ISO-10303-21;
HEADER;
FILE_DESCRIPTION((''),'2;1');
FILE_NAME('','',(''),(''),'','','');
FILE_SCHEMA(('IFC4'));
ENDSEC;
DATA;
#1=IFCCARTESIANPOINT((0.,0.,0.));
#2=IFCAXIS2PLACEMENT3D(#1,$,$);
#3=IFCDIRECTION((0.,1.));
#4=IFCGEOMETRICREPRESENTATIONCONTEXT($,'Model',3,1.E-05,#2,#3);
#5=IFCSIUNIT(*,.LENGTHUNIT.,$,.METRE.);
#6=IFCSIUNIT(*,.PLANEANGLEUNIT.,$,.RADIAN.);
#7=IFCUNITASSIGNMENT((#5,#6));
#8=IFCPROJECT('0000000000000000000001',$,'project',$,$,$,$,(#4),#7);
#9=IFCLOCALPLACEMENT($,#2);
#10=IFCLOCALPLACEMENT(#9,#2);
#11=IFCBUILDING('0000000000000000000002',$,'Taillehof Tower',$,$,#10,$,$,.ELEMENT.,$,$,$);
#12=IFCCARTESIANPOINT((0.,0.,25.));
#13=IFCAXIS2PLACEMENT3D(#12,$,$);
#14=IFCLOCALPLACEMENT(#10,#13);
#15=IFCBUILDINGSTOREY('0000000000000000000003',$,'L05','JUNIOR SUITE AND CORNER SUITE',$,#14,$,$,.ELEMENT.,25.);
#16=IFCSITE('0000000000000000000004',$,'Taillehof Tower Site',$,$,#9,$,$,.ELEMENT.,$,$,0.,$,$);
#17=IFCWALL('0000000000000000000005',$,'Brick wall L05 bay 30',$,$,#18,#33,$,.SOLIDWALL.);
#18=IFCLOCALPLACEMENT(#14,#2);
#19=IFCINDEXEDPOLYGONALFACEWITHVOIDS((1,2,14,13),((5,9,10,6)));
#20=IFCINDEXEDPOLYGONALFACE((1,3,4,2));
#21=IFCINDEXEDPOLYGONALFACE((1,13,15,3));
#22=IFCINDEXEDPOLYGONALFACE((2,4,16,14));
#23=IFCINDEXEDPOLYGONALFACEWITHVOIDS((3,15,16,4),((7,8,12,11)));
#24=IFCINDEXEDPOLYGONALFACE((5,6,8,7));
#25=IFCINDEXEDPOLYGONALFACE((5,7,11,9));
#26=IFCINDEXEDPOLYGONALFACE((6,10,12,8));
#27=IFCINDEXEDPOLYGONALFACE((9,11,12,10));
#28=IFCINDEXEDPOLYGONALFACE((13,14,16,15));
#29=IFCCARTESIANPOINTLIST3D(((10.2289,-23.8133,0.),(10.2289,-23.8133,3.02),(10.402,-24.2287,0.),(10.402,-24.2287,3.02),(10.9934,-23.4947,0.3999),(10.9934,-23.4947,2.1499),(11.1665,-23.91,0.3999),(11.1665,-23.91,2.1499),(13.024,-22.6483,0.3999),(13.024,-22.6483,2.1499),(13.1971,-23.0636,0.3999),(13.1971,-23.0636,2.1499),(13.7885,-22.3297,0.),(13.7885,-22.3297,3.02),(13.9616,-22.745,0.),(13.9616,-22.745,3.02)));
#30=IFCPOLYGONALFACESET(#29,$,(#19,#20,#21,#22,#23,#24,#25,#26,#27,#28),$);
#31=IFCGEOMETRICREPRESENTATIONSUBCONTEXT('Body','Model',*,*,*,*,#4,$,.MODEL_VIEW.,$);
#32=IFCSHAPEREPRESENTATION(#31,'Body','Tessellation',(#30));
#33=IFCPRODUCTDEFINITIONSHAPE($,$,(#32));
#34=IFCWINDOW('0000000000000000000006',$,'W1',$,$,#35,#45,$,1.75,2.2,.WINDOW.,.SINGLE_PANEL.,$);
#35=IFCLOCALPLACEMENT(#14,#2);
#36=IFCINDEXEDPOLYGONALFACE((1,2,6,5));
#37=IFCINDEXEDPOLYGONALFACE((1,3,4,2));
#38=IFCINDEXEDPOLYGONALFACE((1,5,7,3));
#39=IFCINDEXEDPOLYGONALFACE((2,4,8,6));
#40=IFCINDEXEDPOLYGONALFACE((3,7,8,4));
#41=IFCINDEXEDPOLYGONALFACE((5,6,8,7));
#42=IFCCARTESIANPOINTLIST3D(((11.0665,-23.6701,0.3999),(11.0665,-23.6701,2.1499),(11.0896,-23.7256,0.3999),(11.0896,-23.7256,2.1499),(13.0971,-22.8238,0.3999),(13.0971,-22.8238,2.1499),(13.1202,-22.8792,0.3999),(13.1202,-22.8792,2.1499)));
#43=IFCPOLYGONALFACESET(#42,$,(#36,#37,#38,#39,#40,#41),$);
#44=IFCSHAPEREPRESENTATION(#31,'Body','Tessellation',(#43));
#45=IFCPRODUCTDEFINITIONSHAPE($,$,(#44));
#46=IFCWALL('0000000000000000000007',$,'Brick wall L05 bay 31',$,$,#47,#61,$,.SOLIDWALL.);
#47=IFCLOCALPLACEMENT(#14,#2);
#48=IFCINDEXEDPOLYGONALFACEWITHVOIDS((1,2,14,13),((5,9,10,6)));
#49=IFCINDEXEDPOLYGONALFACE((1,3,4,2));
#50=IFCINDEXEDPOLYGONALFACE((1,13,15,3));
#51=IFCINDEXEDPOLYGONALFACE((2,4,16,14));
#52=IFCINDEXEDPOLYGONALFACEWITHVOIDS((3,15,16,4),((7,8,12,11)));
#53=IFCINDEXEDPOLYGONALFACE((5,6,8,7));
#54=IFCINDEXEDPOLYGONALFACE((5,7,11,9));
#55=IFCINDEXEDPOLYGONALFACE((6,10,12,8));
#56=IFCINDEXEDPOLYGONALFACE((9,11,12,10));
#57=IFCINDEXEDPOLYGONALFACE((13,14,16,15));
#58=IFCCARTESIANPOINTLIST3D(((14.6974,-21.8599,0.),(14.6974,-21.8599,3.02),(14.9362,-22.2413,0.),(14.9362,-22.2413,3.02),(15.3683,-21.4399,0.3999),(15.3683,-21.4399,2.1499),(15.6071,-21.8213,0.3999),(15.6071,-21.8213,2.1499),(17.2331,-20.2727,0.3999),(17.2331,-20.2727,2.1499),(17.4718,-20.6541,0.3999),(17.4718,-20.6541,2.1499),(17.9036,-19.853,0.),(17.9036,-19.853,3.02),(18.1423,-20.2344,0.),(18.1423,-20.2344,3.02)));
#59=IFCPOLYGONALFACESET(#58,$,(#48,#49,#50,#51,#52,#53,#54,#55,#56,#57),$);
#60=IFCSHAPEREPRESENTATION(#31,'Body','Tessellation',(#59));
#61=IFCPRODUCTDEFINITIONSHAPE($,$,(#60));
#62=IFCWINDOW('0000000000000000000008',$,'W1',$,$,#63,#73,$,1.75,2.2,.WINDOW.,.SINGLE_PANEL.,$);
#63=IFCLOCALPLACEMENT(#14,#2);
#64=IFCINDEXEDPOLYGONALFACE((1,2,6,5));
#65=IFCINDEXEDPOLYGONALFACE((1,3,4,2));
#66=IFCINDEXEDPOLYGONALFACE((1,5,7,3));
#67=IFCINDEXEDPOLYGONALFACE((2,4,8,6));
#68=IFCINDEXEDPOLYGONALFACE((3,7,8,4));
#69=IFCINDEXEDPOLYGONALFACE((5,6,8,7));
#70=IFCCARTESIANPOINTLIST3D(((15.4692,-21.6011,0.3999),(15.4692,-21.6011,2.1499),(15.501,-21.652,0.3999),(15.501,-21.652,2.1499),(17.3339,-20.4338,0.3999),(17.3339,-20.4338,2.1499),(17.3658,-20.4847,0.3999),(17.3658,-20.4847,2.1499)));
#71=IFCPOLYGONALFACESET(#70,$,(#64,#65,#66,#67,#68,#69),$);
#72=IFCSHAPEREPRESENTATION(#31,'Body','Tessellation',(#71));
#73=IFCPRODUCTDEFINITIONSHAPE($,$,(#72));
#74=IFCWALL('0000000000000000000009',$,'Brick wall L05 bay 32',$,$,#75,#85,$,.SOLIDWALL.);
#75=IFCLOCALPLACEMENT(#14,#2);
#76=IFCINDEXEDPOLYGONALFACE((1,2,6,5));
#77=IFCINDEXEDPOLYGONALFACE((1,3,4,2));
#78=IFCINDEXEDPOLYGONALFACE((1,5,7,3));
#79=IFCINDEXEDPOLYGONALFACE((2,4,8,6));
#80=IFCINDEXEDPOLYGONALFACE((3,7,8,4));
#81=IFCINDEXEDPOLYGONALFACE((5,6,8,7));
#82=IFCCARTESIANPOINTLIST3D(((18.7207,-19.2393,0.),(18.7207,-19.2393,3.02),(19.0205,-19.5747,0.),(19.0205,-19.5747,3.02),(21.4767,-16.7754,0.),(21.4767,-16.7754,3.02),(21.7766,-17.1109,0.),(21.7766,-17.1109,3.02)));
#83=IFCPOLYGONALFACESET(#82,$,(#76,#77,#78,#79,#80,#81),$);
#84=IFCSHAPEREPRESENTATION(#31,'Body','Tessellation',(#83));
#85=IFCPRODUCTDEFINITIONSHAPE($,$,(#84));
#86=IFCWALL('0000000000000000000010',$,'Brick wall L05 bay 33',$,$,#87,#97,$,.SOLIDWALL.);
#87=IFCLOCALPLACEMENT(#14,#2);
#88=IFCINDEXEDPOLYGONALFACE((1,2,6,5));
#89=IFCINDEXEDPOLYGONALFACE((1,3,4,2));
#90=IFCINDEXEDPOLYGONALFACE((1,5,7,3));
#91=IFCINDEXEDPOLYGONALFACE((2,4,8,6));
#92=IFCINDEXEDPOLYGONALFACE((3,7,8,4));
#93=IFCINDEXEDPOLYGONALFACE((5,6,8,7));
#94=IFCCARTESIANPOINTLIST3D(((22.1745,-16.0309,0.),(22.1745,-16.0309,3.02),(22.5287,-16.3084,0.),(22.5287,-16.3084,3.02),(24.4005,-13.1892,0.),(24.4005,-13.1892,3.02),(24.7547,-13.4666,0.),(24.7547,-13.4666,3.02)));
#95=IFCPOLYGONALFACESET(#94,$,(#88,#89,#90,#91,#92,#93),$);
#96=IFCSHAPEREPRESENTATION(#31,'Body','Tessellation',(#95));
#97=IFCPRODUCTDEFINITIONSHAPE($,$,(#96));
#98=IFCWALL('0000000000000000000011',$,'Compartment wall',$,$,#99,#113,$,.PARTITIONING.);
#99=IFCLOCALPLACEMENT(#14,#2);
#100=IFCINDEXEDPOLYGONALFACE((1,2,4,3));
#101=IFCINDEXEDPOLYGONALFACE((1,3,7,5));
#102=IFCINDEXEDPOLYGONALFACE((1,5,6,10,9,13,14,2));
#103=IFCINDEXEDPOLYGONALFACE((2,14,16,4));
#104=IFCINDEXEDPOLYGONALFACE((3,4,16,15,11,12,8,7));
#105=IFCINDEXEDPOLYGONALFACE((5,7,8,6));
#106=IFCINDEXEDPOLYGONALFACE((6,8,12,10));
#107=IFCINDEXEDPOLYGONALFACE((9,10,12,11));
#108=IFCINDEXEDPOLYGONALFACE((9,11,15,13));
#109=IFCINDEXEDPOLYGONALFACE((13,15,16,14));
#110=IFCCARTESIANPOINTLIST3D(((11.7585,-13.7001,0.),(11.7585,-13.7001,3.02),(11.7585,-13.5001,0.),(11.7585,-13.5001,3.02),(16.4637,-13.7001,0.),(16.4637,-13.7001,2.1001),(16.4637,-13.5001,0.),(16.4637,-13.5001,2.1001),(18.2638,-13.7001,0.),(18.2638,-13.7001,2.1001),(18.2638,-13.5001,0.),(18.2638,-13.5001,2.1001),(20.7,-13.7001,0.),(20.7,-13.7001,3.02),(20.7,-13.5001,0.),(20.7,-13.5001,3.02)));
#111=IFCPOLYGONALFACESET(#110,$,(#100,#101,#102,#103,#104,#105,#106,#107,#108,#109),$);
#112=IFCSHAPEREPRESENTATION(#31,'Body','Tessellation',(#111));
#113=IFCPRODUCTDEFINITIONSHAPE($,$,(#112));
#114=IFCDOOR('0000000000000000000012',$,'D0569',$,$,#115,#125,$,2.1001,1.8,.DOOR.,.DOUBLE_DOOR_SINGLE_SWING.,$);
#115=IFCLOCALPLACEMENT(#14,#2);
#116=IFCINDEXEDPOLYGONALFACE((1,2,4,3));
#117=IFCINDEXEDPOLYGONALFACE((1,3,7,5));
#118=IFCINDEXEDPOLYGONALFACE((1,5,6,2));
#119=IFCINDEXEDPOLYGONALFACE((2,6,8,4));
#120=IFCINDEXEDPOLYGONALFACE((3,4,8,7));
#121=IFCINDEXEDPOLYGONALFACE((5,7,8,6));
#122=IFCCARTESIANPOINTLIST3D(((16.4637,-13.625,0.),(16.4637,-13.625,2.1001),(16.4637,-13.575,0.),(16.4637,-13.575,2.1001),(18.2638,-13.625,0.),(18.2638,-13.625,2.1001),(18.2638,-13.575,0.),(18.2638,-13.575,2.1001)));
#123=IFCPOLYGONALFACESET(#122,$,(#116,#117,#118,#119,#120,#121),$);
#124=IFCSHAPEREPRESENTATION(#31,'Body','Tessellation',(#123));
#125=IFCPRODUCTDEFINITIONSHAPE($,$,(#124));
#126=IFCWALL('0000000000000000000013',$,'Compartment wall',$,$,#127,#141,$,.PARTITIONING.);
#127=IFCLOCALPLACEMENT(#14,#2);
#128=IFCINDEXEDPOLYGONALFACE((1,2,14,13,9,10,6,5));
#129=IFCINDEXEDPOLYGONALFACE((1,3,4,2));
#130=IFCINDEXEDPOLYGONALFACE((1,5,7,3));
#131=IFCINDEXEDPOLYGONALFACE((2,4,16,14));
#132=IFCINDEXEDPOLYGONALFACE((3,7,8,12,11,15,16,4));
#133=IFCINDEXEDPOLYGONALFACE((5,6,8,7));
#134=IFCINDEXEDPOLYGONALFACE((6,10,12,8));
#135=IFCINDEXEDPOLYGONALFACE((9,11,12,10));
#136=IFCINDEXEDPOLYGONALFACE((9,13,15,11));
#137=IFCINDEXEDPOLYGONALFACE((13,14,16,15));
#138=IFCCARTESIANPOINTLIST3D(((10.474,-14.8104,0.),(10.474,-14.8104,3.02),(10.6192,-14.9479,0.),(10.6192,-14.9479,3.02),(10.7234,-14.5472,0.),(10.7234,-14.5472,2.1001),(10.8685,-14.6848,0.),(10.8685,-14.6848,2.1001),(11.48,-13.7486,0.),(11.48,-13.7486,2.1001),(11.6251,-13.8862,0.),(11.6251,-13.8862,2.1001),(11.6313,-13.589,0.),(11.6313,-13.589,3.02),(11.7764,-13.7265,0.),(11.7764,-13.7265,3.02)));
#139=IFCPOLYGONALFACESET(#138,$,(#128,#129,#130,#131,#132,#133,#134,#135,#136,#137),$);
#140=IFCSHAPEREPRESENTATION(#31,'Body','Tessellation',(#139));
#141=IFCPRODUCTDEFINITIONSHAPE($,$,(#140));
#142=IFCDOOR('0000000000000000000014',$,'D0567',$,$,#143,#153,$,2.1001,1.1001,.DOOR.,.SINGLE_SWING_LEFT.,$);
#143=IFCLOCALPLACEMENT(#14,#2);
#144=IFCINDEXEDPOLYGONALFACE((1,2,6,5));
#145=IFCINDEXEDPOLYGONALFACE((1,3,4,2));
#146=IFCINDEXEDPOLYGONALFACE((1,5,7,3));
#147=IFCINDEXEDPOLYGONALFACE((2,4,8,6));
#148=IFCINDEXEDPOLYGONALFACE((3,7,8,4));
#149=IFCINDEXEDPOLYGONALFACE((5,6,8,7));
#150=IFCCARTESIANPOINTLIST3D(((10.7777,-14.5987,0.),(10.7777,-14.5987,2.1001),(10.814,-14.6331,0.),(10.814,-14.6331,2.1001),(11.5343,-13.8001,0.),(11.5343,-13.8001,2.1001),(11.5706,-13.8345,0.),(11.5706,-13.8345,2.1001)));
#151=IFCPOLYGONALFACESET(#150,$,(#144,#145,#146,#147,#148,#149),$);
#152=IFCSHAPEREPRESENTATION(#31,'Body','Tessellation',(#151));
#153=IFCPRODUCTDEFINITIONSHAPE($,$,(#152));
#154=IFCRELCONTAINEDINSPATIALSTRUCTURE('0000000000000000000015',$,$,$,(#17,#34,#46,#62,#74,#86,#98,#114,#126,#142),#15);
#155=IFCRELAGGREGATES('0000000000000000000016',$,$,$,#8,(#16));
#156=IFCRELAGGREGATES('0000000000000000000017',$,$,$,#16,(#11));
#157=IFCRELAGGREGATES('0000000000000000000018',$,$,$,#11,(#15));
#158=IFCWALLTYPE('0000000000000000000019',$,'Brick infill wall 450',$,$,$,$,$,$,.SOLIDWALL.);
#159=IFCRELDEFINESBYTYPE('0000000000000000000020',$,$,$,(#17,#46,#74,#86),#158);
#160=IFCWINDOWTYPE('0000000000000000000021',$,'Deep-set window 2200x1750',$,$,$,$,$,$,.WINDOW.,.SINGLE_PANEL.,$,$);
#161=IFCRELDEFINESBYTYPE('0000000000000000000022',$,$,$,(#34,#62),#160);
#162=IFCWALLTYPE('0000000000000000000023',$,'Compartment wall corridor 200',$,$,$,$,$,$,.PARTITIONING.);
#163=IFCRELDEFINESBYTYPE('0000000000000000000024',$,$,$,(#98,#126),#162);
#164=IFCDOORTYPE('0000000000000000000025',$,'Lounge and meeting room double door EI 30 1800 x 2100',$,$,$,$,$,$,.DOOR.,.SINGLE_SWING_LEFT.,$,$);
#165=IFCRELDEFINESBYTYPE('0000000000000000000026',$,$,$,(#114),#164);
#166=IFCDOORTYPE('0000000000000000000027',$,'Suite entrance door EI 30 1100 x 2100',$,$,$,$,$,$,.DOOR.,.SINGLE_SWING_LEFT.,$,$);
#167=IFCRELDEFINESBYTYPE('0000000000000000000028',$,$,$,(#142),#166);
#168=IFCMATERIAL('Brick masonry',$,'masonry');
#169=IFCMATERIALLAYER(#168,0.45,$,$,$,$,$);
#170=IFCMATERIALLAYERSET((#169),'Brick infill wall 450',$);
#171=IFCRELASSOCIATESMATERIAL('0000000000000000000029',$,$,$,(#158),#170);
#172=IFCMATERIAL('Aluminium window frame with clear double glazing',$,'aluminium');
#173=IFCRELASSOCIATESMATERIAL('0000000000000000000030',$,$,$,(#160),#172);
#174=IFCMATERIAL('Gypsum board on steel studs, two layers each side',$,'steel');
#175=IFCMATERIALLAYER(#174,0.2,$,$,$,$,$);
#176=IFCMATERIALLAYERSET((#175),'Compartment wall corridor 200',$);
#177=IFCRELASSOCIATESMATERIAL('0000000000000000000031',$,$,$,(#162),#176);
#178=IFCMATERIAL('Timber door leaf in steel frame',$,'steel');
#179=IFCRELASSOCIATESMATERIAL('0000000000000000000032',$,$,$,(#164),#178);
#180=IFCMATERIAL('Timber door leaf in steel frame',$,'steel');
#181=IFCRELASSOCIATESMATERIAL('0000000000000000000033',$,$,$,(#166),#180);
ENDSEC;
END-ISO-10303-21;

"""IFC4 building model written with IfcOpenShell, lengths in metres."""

from ifc_helpers import new_model, si_unit, direction, frame, frame_2d, origin, place, context, subcontext, project, spatial, rectangle, extrude, material, layer, layer_set, type_object, element, fill, save


model = new_model("IFC4")

# Units and contexts
model_context = context("Model", 3, precision=1e-05, world=origin(), true_north=direction((0.0, 1.0)))
body_context = subcontext(model_context, "Body", "Model", "MODEL_VIEW")
ifc_project = project(units=[si_unit("LENGTHUNIT", "METRE"), si_unit("PLANEANGLEUNIT", "RADIAN")], contexts=[model_context])

# Site, building, storey
site_placement = place(None, origin())
site = spatial("IfcSite", under=ifc_project, at=site_placement, Name="Taillehof Tower Site", CompositionType="ELEMENT", RefElevation=0.0)
building_placement = place(site_placement, origin())
building = spatial("IfcBuilding", under=site, at=building_placement, Name="Taillehof Tower", CompositionType="ELEMENT")
storey_placement = place(building_placement, frame((0.0, 0.0, 25.0)))
storey = spatial("IfcBuildingStorey", under=building, at=storey_placement, Name="L05", Description="JUNIOR SUITE AND CORNER SUITE", CompositionType="ELEMENT", Elevation=25.0)

# Walls, openings, windows
ifc_material_1 = material(Name="Brick masonry", Category="masonry")
ifc_layer_1 = layer(ifc_material_1, 0.45)
ifc_layer_set_1 = layer_set([ifc_layer_1], Name="Brick infill wall 450")
wall_type_1 = type_object("IfcWallType", Name="Brick infill wall 450", PredefinedType="SOLIDWALL", material=ifc_layer_set_1)
wall_1_placement = place(storey_placement, frame((10.3154, -24.021, 0.0), z_axis=(0.0, 0.0, 1.0), x_axis=(0.923032, 0.384723, 0.0)))
wall_1 = element("IfcWall", 1, at=wall_1_placement, inside=storey, type_object=wall_type_1, Name="Brick wall L05 bay 30", PredefinedType="SOLIDWALL", context=body_context, shape_type="SweptSolid", body=[
    extrude(rectangle(XDim=3.8564, YDim=0.45, at=frame_2d((1.9282, 0.0))), origin(), (0.0, 0.0, 1.0), 3.02),
])
opening_1_placement = place(wall_1_placement, frame((0.8281, 0.0, 0.3999)))
opening_1 = element("IfcOpeningElement", 2, at=opening_1_placement, cuts=wall_1, PredefinedType="OPENING", context=body_context, shape_type="SweptSolid", body=[
    extrude(rectangle(XDim=2.2, YDim=1.75, at=frame_2d((1.1001, 0.875))), frame((0.0, 0.2349, 0.0), z_axis=(0.0, -1.0, 0.0), x_axis=(1.0, 0.0, 0.0)), (0.0, 0.0, 1.0), 0.47),
])
ifc_material_2 = material(Name="Aluminium window frame with clear double glazing", Category="aluminium")
window_type = type_object("IfcWindowType", Name="Deep-set window 2200x1750", PartitioningType="SINGLE_PANEL", PredefinedType="WINDOW", material=ifc_material_2)
window_1_placement = place(opening_1_placement, origin())
window_1 = element("IfcWindow", 3, at=window_1_placement, inside=storey, type_object=window_type, Name="W1", OverallHeight=1.75, OverallWidth=2.2, PartitioningType="SINGLE_PANEL", PredefinedType="WINDOW", context=body_context, shape_type="SweptSolid", body=[
    extrude(rectangle(XDim=2.2, YDim=1.75, at=frame_2d((1.1001, 0.875))), frame((0.0, 0.0349, 0.0), z_axis=(0.0, -1.0, 0.0), x_axis=(1.0, 0.0, 0.0)), (0.0, 0.0, 1.0), 0.0601),
])
fill(opening_1, window_1)
wall_2_placement = place(storey_placement, frame((14.8169, -22.0505, 0.0), z_axis=(0.0, 0.0, 1.0), x_axis=(0.847635, 0.530579, 0.0)))
wall_2 = element("IfcWall", 4, at=wall_2_placement, inside=storey, type_object=wall_type_1, Name="Brick wall L05 bay 31", PredefinedType="SOLIDWALL", context=body_context, shape_type="SweptSolid", body=[
    extrude(rectangle(XDim=3.7825, YDim=0.45, at=frame_2d((1.8911, 0.0))), origin(), (0.0, 0.0, 1.0), 3.02),
])
opening_2_placement = place(wall_2_placement, frame((0.7913, 0.0, 0.3999)))
opening_2 = element("IfcOpeningElement", 5, at=opening_2_placement, cuts=wall_2, PredefinedType="OPENING", context=body_context, shape_type="SweptSolid", body=[
    extrude(rectangle(XDim=2.2, YDim=1.75, at=frame_2d((1.1001, 0.875))), frame((0.0, 0.2349, 0.0), z_axis=(0.0, -1.0, 0.0), x_axis=(1.0, 0.0, 0.0)), (0.0, 0.0, 1.0), 0.47),
])
window_2_placement = place(opening_2_placement, origin())
window_2 = element("IfcWindow", 6, at=window_2_placement, inside=storey, type_object=window_type, Name="W1", OverallHeight=1.75, OverallWidth=2.2, PartitioningType="SINGLE_PANEL", PredefinedType="WINDOW", context=body_context, shape_type="SweptSolid", body=[
    extrude(rectangle(XDim=2.2, YDim=1.75, at=frame_2d((1.1001, 0.875))), frame((0.0, 0.0349, 0.0), z_axis=(0.0, -1.0, 0.0), x_axis=(1.0, 0.0, 0.0)), (0.0, 0.0, 1.0), 0.0601),
])
fill(opening_2, window_2)

# Walls
wall_3_placement = place(storey_placement, frame((18.8706, -19.407, 0.0), z_axis=(0.0, 0.0, 1.0), x_axis=(0.745526, 0.666476, 0.0)))
element("IfcWall", 7, at=wall_3_placement, inside=storey, type_object=wall_type_1, Name="Brick wall L05 bay 32", PredefinedType="SOLIDWALL", context=body_context, shape_type="SweptSolid", body=[
    extrude(rectangle(XDim=3.6968, YDim=0.45, at=frame_2d((1.8484, 0.0))), origin(), (0.0, 0.0, 1.0), 3.02),
])
wall_4_placement = place(storey_placement, frame((22.3516, -16.1697, 0.0), z_axis=(0.0, 0.0, 1.0), x_axis=(0.616662, 0.787228, 0.0)))
element("IfcWall", 8, at=wall_4_placement, inside=storey, type_object=wall_type_1, Name="Brick wall L05 bay 33", PredefinedType="SOLIDWALL", context=body_context, shape_type="SweptSolid", body=[
    extrude(rectangle(XDim=3.6099, YDim=0.45, at=frame_2d((1.8049, 0.0))), origin(), (0.0, 0.0, 1.0), 3.02),
])

# Walls, openings, doors
ifc_material_3 = material(Name="Gypsum board on steel studs, two layers each side", Category="steel")
ifc_layer_2 = layer(ifc_material_3, 0.2)
ifc_layer_set_2 = layer_set([ifc_layer_2], Name="Compartment wall corridor 200")
wall_type_2 = type_object("IfcWallType", Name="Compartment wall corridor 200", PredefinedType="PARTITIONING", material=ifc_layer_set_2)
wall_5_placement = place(storey_placement, frame((20.7, -13.6001, 0.0), z_axis=(0.0, 0.0, 1.0), x_axis=(-1.0, 0.0, 0.0)))
wall_5 = element("IfcWall", 9, at=wall_5_placement, inside=storey, type_object=wall_type_2, Name="Compartment wall", PredefinedType="PARTITIONING", context=body_context, shape_type="SweptSolid", body=[
    extrude(rectangle(XDim=8.9414, YDim=0.2, at=frame_2d((4.4707, 0.0))), origin(), (0.0, 0.0, 1.0), 3.02),
])
opening_3_placement = place(wall_5_placement, frame((2.4363, 0.0, 0.0)))
opening_3 = element("IfcOpeningElement", 10, at=opening_3_placement, cuts=wall_5, PredefinedType="OPENING", context=body_context, shape_type="SweptSolid", body=[
    extrude(rectangle(XDim=1.8, YDim=2.1001, at=frame_2d((0.8999, 1.05))), frame((0.0, 0.1099, 0.0), z_axis=(0.0, -1.0, 0.0), x_axis=(1.0, 0.0, 0.0)), (0.0, 0.0, 1.0), 0.22),
])
ifc_material_4 = material(Name="Timber door leaf in steel frame", Category="steel")
door_type_1 = type_object("IfcDoorType", Name="Lounge and meeting room double door EI 30 1800 x 2100", OperationType="SINGLE_SWING_LEFT", PredefinedType="DOOR", material=ifc_material_4)
door_1_placement = place(opening_3_placement, origin())
door_1 = element("IfcDoor", 11, at=door_1_placement, inside=storey, type_object=door_type_1, Name="D0569", OperationType="DOUBLE_DOOR_SINGLE_SWING", OverallHeight=2.1001, OverallWidth=1.8, PredefinedType="DOOR", context=body_context, shape_type="SweptSolid", body=[
    extrude(rectangle(XDim=1.8, YDim=2.1001, at=frame_2d((0.8999, 1.05))), frame((0.0, 0.0249, 0.0), z_axis=(0.0, -1.0, 0.0), x_axis=(1.0, 0.0, 0.0)), (0.0, 0.0, 1.0), 0.05),
])
fill(opening_3, door_1)
wall_6_placement = place(storey_placement, frame((11.7039, -13.6577, 0.0), z_axis=(0.0, 0.0, 1.0), x_axis=(-0.687769, -0.72593, 0.0)))
wall_6 = element("IfcWall", 12, at=wall_6_placement, inside=storey, type_object=wall_type_2, Name="Compartment wall", PredefinedType="PARTITIONING", context=body_context, shape_type="SweptSolid", body=[
    extrude(rectangle(XDim=1.6826, YDim=0.2, at=frame_2d((0.8413, 0.0))), origin(), (0.0, 0.0, 1.0), 3.02),
])
opening_4_placement = place(wall_6_placement, frame((0.22, 0.0, 0.0)))
opening_4 = element("IfcOpeningElement", 13, at=opening_4_placement, cuts=wall_6, PredefinedType="OPENING", context=body_context, shape_type="SweptSolid", body=[
    extrude(rectangle(XDim=1.1001, YDim=2.1001, at=frame_2d((0.55, 1.05))), frame((0.0, 0.1099, 0.0), z_axis=(0.0, -1.0, 0.0), x_axis=(1.0, 0.0, 0.0)), (0.0, 0.0, 1.0), 0.22),
])
ifc_material_5 = material(Name="Timber door leaf in steel frame", Category="steel")
door_type_2 = type_object("IfcDoorType", Name="Suite entrance door EI 30 1100 x 2100", OperationType="SINGLE_SWING_LEFT", PredefinedType="DOOR", material=ifc_material_5)
door_2_placement = place(opening_4_placement, origin())
door_2 = element("IfcDoor", 14, at=door_2_placement, inside=storey, type_object=door_type_2, Name="D0567", OperationType="SINGLE_SWING_LEFT", OverallHeight=2.1001, OverallWidth=1.1001, PredefinedType="DOOR", context=body_context, shape_type="SweptSolid", body=[
    extrude(rectangle(XDim=1.1001, YDim=2.1001, at=frame_2d((0.55, 1.05))), frame((0.0, 0.0249, 0.0), z_axis=(0.0, -1.0, 0.0), x_axis=(1.0, 0.0, 0.0)), (0.0, 0.0, 1.0), 0.05),
])
fill(opening_4, door_2)

save(model, "model.ifc")
